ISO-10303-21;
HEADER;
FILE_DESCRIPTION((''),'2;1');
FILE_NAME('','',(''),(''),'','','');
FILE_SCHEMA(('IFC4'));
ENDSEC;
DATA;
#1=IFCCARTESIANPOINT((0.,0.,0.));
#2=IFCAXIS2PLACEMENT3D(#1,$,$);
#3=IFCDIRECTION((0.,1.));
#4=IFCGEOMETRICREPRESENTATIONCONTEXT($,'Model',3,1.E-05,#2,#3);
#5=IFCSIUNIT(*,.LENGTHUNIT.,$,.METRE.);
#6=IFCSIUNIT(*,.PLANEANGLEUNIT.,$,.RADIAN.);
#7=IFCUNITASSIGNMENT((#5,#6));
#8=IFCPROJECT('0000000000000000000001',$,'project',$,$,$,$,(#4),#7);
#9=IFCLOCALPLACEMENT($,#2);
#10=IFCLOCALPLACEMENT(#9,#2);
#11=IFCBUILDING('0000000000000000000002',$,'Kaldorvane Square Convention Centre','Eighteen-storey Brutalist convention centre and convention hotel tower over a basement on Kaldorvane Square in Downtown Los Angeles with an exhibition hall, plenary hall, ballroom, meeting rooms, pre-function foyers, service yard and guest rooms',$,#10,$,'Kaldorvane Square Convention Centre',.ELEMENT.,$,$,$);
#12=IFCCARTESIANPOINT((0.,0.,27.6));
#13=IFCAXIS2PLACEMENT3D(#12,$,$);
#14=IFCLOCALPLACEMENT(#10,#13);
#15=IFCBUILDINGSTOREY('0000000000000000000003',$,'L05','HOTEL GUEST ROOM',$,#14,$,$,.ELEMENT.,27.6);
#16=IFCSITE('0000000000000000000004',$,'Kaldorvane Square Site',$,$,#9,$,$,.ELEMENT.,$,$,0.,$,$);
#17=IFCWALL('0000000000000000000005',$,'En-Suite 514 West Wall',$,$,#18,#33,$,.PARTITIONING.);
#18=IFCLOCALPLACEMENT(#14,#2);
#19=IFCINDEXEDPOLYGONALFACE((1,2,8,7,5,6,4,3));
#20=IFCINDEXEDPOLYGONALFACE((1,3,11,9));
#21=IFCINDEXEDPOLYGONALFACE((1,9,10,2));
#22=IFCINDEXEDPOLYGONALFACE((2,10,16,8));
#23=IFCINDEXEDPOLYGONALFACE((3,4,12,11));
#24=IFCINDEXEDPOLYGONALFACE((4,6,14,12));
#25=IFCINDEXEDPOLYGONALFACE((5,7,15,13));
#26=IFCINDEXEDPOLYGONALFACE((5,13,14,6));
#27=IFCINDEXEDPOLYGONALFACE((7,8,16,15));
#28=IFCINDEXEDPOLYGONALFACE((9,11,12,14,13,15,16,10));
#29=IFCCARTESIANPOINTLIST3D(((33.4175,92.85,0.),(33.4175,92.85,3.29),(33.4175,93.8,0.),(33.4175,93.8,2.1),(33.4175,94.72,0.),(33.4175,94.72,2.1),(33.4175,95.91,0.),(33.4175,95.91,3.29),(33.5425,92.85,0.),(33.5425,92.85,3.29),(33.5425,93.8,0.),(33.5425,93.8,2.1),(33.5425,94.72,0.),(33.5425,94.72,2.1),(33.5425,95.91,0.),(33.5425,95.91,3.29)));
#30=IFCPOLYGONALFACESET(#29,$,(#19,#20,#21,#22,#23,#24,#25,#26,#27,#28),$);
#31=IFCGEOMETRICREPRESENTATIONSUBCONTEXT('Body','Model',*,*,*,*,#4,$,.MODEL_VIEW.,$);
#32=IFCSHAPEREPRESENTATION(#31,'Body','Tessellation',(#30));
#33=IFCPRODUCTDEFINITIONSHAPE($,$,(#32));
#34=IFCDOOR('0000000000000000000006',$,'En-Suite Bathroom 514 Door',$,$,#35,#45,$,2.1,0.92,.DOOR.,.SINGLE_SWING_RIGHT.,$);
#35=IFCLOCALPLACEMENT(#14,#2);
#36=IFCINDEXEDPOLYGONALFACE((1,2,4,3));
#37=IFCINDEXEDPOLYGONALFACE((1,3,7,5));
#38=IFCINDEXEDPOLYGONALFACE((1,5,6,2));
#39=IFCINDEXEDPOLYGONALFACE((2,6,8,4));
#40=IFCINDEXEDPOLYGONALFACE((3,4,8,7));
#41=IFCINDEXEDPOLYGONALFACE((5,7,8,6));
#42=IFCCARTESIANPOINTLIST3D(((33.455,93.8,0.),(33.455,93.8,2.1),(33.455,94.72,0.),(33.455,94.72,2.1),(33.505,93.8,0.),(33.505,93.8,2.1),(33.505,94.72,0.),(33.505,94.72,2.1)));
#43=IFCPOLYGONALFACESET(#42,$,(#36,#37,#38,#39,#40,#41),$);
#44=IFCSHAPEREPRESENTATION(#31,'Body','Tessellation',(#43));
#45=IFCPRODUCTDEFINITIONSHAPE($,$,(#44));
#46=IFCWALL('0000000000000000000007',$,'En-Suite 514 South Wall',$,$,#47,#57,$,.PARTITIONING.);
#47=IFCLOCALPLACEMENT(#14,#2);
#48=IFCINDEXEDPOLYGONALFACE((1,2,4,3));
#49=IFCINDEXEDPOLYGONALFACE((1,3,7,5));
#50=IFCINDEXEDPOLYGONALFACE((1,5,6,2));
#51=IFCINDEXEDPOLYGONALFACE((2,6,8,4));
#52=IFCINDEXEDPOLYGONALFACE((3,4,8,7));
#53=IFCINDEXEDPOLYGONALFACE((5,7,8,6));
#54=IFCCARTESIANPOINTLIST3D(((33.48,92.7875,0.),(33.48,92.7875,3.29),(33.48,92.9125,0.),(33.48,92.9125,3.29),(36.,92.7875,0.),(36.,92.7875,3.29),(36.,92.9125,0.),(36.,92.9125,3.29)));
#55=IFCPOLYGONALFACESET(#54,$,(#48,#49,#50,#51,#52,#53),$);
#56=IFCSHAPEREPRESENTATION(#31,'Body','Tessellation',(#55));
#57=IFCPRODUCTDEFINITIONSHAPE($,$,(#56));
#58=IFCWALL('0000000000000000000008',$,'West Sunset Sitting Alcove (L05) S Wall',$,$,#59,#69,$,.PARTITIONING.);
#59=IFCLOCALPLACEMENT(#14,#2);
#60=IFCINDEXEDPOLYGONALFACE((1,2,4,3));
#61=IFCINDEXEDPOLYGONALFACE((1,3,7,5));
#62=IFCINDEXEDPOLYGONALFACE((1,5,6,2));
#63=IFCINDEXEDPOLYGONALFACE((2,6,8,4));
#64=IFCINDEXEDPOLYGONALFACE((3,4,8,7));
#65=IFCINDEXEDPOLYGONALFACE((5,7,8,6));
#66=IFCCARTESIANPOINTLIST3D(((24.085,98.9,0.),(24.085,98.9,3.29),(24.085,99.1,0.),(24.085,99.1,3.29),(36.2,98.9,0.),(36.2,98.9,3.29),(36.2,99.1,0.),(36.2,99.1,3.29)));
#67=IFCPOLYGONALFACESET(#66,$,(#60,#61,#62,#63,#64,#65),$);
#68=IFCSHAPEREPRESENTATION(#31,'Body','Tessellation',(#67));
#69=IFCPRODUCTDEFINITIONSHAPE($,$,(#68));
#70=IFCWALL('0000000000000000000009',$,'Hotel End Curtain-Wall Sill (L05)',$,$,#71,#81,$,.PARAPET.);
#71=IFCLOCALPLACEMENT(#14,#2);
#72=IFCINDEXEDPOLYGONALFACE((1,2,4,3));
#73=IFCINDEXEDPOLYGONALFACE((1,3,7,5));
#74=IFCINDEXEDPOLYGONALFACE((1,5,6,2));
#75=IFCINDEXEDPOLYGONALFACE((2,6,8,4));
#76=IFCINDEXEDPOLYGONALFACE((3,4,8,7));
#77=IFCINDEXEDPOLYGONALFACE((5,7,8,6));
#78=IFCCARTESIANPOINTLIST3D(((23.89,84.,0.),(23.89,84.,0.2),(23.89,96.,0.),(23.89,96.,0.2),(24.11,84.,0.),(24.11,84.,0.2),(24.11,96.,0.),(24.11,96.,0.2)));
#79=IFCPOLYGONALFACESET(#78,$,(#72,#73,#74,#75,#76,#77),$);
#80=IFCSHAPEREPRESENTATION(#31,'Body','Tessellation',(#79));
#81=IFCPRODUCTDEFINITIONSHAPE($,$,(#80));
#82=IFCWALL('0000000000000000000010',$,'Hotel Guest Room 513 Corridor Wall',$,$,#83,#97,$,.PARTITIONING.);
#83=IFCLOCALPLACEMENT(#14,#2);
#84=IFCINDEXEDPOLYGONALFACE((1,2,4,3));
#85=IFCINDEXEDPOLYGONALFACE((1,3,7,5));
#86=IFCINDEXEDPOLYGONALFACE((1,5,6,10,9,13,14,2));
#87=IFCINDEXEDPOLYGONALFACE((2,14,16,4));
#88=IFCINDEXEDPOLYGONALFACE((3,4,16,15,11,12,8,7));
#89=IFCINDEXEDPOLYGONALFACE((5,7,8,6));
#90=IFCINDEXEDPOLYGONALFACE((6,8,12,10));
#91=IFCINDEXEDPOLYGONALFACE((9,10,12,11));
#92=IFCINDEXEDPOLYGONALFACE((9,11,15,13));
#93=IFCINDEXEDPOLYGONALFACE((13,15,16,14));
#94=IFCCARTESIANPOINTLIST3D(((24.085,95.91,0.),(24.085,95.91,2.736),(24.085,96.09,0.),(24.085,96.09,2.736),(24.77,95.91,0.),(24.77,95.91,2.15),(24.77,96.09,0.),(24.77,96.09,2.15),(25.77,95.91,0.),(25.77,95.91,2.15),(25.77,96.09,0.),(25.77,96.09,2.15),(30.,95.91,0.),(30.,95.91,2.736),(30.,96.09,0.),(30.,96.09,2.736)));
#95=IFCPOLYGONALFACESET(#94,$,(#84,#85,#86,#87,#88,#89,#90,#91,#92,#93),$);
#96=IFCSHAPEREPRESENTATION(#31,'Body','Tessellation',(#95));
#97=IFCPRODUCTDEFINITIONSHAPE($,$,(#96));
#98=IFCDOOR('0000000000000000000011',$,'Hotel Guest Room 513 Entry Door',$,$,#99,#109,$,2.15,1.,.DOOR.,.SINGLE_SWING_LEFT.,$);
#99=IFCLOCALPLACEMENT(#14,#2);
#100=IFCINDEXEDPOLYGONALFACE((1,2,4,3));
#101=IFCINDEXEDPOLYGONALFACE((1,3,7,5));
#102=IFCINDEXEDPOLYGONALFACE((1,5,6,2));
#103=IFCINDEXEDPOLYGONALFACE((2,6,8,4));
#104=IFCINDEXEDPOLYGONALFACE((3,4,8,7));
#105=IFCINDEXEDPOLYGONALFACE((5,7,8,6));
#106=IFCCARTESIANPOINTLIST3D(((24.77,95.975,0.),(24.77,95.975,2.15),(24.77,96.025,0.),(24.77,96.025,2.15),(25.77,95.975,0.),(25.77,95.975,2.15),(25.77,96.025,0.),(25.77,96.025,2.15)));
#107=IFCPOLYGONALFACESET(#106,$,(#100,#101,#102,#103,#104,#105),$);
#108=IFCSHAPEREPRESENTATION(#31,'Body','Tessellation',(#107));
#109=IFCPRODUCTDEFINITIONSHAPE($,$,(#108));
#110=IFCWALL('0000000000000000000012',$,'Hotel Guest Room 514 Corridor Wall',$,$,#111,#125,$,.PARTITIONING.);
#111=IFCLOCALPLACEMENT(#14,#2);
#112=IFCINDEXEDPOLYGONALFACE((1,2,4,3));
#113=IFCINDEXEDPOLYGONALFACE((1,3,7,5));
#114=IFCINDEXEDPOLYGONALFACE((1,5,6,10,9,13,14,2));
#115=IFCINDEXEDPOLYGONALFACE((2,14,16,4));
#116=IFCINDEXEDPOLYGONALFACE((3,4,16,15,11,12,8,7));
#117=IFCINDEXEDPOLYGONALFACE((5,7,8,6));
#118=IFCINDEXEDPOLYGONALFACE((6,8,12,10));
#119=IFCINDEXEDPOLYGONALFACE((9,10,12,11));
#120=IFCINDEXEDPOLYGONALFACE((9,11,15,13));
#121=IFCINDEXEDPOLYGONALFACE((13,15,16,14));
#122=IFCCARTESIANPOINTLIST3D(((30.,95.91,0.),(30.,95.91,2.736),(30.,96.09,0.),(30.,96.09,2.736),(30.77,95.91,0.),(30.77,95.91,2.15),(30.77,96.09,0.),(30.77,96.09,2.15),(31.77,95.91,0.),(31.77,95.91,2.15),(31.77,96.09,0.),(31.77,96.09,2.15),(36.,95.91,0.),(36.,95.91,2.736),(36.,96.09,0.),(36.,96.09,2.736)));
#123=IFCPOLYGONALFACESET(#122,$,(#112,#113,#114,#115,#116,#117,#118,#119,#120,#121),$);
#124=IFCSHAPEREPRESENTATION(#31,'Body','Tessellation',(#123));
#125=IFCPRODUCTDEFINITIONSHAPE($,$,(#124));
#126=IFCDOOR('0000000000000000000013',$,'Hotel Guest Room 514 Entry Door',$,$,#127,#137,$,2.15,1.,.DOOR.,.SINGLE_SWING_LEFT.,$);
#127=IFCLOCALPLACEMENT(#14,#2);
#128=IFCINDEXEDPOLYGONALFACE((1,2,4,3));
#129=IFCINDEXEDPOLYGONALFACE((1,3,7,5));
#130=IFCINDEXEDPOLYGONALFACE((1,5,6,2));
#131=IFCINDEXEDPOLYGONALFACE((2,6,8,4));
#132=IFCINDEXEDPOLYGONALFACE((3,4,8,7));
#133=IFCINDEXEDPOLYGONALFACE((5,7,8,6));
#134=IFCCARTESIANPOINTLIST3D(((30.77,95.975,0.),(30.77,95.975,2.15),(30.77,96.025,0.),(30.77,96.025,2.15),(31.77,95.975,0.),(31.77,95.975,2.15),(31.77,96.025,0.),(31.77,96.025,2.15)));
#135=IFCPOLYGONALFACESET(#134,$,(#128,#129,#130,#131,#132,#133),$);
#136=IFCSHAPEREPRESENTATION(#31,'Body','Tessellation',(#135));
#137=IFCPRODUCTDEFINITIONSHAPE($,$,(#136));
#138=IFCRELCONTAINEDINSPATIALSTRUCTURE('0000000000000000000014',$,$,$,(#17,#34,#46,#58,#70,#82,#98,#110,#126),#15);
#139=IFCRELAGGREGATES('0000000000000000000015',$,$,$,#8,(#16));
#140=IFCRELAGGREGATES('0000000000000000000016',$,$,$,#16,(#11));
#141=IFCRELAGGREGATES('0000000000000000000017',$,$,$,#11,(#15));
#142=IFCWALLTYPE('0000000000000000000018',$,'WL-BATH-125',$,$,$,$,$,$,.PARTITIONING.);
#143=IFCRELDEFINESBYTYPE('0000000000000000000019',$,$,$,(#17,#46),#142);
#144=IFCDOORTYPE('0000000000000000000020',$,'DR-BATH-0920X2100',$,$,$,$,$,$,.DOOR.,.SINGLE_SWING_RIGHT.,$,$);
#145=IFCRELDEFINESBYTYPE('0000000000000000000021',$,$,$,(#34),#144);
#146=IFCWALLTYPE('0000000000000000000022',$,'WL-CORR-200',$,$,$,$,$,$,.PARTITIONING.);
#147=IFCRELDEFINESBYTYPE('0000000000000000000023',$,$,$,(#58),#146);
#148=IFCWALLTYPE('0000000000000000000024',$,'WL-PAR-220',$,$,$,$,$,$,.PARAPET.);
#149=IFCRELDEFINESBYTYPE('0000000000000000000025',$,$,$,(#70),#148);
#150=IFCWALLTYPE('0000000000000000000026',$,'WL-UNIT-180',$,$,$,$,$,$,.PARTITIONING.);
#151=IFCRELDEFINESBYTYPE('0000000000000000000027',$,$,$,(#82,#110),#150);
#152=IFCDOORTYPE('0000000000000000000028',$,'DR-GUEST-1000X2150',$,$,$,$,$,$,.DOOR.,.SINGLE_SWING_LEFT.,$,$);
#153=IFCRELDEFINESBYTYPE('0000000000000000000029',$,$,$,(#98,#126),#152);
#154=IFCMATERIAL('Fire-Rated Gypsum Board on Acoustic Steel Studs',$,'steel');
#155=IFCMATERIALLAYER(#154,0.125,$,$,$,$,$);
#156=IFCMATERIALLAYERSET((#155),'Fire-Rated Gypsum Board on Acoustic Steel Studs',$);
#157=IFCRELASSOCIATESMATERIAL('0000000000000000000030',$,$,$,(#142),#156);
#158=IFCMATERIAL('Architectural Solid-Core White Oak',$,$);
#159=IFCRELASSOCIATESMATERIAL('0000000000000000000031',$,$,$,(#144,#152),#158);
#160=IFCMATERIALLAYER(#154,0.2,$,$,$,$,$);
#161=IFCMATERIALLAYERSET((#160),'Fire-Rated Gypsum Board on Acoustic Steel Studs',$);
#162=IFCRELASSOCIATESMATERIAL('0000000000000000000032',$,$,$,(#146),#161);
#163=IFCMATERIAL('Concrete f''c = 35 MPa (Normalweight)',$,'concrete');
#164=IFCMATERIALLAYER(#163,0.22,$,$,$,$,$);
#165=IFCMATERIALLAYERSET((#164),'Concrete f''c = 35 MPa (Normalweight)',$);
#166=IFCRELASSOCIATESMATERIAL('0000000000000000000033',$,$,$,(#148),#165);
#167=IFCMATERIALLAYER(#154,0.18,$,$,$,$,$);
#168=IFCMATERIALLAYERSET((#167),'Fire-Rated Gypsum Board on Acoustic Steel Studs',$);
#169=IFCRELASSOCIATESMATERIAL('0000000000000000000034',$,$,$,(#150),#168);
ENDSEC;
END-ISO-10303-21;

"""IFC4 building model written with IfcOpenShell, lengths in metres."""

from ifc_helpers import new_model, si_unit, direction, frame, frame_2d, origin, place, context, subcontext, project, spatial, rectangle, extrude, material, layer, layer_set, type_object, element, fill, save


model = new_model("IFC4")

# Units and contexts
model_context = context("Model", 3, precision=1e-05, world=origin(), true_north=direction((0.0, 1.0)))
body_context = subcontext(model_context, "Body", "Model", "MODEL_VIEW")
ifc_project = project(units=[si_unit("LENGTHUNIT", "METRE"), si_unit("PLANEANGLEUNIT", "RADIAN")], contexts=[model_context])

# Site, building, storey
site_placement = place(None, origin())
site = spatial("IfcSite", under=ifc_project, at=site_placement, Name="Kaldorvane Square Site", CompositionType="ELEMENT", RefElevation=0.0)
building_placement = place(site_placement, origin())
building = spatial("IfcBuilding", under=site, at=building_placement, Name="Kaldorvane Square Convention Centre", Description="Eighteen-storey Brutalist convention centre and convention hotel tower over a basement on Kaldorvane Square in Downtown Los Angeles with an exhibition hall, plenary hall, ballroom, meeting rooms, pre-function foyers, service yard and guest rooms", LongName="Kaldorvane Square Convention Centre", CompositionType="ELEMENT")
storey_placement = place(building_placement, frame((0.0, 0.0, 27.6)))
storey = spatial("IfcBuildingStorey", under=building, at=storey_placement, Name="L05", Description="HOTEL GUEST ROOM", CompositionType="ELEMENT", Elevation=27.6)

# Shared definitions
ifc_material_1 = material(Name="Fire-Rated Gypsum Board on Acoustic Steel Studs", Category="steel")
ifc_layer_1 = layer(ifc_material_1, 0.125)
ifc_layer_set_1 = layer_set([ifc_layer_1], Name="Fire-Rated Gypsum Board on Acoustic Steel Studs")
wall_type_1 = type_object("IfcWallType", Name="WL-BATH-125", PredefinedType="PARTITIONING", material=ifc_layer_set_1)
ifc_material_2 = material(Name="Architectural Solid-Core White Oak")
door_type_1 = type_object("IfcDoorType", Name="DR-BATH-0920X2100", OperationType="SINGLE_SWING_RIGHT", PredefinedType="DOOR", material=ifc_material_2)

# Wall, opening, door
wall_1_placement = place(storey_placement, frame((33.48, 92.85, 0.0), z_axis=(0.0, 0.0, 1.0), x_axis=(0.0, 1.0, 0.0)))
wall_1 = element("IfcWall", 1, at=wall_1_placement, inside=storey, type_object=wall_type_1, Name="En-Suite 514 West Wall", PredefinedType="PARTITIONING", context=body_context, shape_type="SweptSolid", body=[
    extrude(rectangle(XDim=3.06, YDim=0.125, at=frame_2d((1.53, 0.0))), origin(), (0.0, 0.0, 1.0), 3.29),
])
opening_1_placement = place(wall_1_placement, frame((0.95, 0.0, 0.0)))
opening_1 = element("IfcOpeningElement", 2, at=opening_1_placement, cuts=wall_1, PredefinedType="OPENING", context=body_context, shape_type="SweptSolid", body=[
    extrude(rectangle(XDim=0.92, YDim=2.1, at=frame_2d((0.46, 1.05))), frame((0.0, 0.0775, 0.0), z_axis=(0.0, -1.0, 0.0), x_axis=(1.0, 0.0, 0.0)), (0.0, 0.0, 1.0), 0.155),
])
door_1_placement = place(opening_1_placement, origin())
door_1 = element("IfcDoor", 3, at=door_1_placement, inside=storey, type_object=door_type_1, Name="En-Suite Bathroom 514 Door", OperationType="SINGLE_SWING_RIGHT", OverallHeight=2.1, OverallWidth=0.92, PredefinedType="DOOR", context=body_context, shape_type="SweptSolid", body=[
    extrude(rectangle(XDim=0.92, YDim=2.1, at=frame_2d((0.46, 1.05))), frame((0.0, 0.025, 0.0), z_axis=(0.0, -1.0, 0.0), x_axis=(1.0, 0.0, 0.0)), (0.0, 0.0, 1.0), 0.05),
])
fill(opening_1, door_1)

# Walls
wall_2_placement = place(storey_placement, frame((33.48, 92.85, 0.0), z_axis=(0.0, 0.0, 1.0), x_axis=(1.0, 0.0, 0.0)))
element("IfcWall", 4, at=wall_2_placement, inside=storey, type_object=wall_type_1, Name="En-Suite 514 South Wall", PredefinedType="PARTITIONING", context=body_context, shape_type="SweptSolid", body=[
    extrude(rectangle(XDim=2.52, YDim=0.125, at=frame_2d((1.26, 0.0))), origin(), (0.0, 0.0, 1.0), 3.29),
])
ifc_layer_2 = layer(ifc_material_1, 0.2)
ifc_layer_set_2 = layer_set([ifc_layer_2], Name="Fire-Rated Gypsum Board on Acoustic Steel Studs")
wall_type_2 = type_object("IfcWallType", Name="WL-CORR-200", PredefinedType="PARTITIONING", material=ifc_layer_set_2)
wall_3_placement = place(storey_placement, frame((24.085, 99.0, 0.0), z_axis=(0.0, 0.0, 1.0), x_axis=(1.0, 0.0, 0.0)))
element("IfcWall", 5, at=wall_3_placement, inside=storey, type_object=wall_type_2, Name="West Sunset Sitting Alcove (L05) S Wall", PredefinedType="PARTITIONING", context=body_context, shape_type="SweptSolid", body=[
    extrude(rectangle(XDim=12.115, YDim=0.2, at=frame_2d((6.0575, 0.0))), origin(), (0.0, 0.0, 1.0), 3.29),
])
ifc_material_3 = material(Name="Concrete f'c = 35 MPa (Normalweight)", Category="concrete")
ifc_layer_3 = layer(ifc_material_3, 0.22)
ifc_layer_set_3 = layer_set([ifc_layer_3], Name="Concrete f'c = 35 MPa (Normalweight)")
wall_type_3 = type_object("IfcWallType", Name="WL-PAR-220", PredefinedType="PARAPET", material=ifc_layer_set_3)
wall_4_placement = place(storey_placement, frame((24.0, 96.0, 0.0), z_axis=(0.0, 0.0, 1.0), x_axis=(0.0, -1.0, 0.0)))
element("IfcWall", 6, at=wall_4_placement, inside=storey, type_object=wall_type_3, Name="Hotel End Curtain-Wall Sill (L05)", PredefinedType="PARAPET", context=body_context, shape_type="SweptSolid", body=[
    extrude(rectangle(XDim=12.0, YDim=0.22, at=frame_2d((6.0, 0.0))), origin(), (0.0, 0.0, 1.0), 0.2),
])

# Walls, openings, doors
ifc_layer_4 = layer(ifc_material_1, 0.18)
ifc_layer_set_4 = layer_set([ifc_layer_4], Name="Fire-Rated Gypsum Board on Acoustic Steel Studs")
wall_type_4 = type_object("IfcWallType", Name="WL-UNIT-180", PredefinedType="PARTITIONING", material=ifc_layer_set_4)
wall_5_placement = place(storey_placement, frame((24.085, 96.0, 0.0), z_axis=(0.0, 0.0, 1.0), x_axis=(1.0, 0.0, 0.0)))
wall_5 = element("IfcWall", 7, at=wall_5_placement, inside=storey, type_object=wall_type_4, Name="Hotel Guest Room 513 Corridor Wall", PredefinedType="PARTITIONING", context=body_context, shape_type="SweptSolid", body=[
    extrude(rectangle(XDim=5.915, YDim=0.18, at=frame_2d((2.9575, 0.0))), origin(), (0.0, 0.0, 1.0), 2.736),
])
opening_2_placement = place(wall_5_placement, frame((0.685, 0.0, 0.0)))
opening_2 = element("IfcOpeningElement", 8, at=opening_2_placement, cuts=wall_5, PredefinedType="OPENING", context=body_context, shape_type="SweptSolid", body=[
    extrude(rectangle(XDim=1.0, YDim=2.15, at=frame_2d((0.5, 1.075))), frame((0.0, 0.105, 0.0), z_axis=(0.0, -1.0, 0.0), x_axis=(1.0, 0.0, 0.0)), (0.0, 0.0, 1.0), 0.21),
])
door_type_2 = type_object("IfcDoorType", Name="DR-GUEST-1000X2150", OperationType="SINGLE_SWING_LEFT", PredefinedType="DOOR", material=ifc_material_2)
door_2_placement = place(opening_2_placement, origin())
door_2 = element("IfcDoor", 9, at=door_2_placement, inside=storey, type_object=door_type_2, Name="Hotel Guest Room 513 Entry Door", OperationType="SINGLE_SWING_LEFT", OverallHeight=2.15, OverallWidth=1.0, PredefinedType="DOOR", context=body_context, shape_type="SweptSolid", body=[
    extrude(rectangle(XDim=1.0, YDim=2.15, at=frame_2d((0.5, 1.075))), frame((0.0, 0.025, 0.0), z_axis=(0.0, -1.0, 0.0), x_axis=(1.0, 0.0, 0.0)), (0.0, 0.0, 1.0), 0.05),
])
fill(opening_2, door_2)
wall_6_placement = place(storey_placement, frame((30.0, 96.0, 0.0), z_axis=(0.0, 0.0, 1.0), x_axis=(1.0, 0.0, 0.0)))
wall_6 = element("IfcWall", 10, at=wall_6_placement, inside=storey, type_object=wall_type_4, Name="Hotel Guest Room 514 Corridor Wall", PredefinedType="PARTITIONING", context=body_context, shape_type="SweptSolid", body=[
    extrude(rectangle(XDim=6.0, YDim=0.18, at=frame_2d((3.0, 0.0))), origin(), (0.0, 0.0, 1.0), 2.736),
])
opening_3_placement = place(wall_6_placement, frame((0.77, 0.0, 0.0)))
opening_3 = element("IfcOpeningElement", 11, at=opening_3_placement, cuts=wall_6, PredefinedType="OPENING", context=body_context, shape_type="SweptSolid", body=[
    extrude(rectangle(XDim=1.0, YDim=2.15, at=frame_2d((0.5, 1.075))), frame((0.0, 0.105, 0.0), z_axis=(0.0, -1.0, 0.0), x_axis=(1.0, 0.0, 0.0)), (0.0, 0.0, 1.0), 0.21),
])
door_3_placement = place(opening_3_placement, origin())
door_3 = element("IfcDoor", 12, at=door_3_placement, inside=storey, type_object=door_type_2, Name="Hotel Guest Room 514 Entry Door", OperationType="SINGLE_SWING_LEFT", OverallHeight=2.15, OverallWidth=1.0, PredefinedType="DOOR", context=body_context, shape_type="SweptSolid", body=[
    extrude(rectangle(XDim=1.0, YDim=2.15, at=frame_2d((0.5, 1.075))), frame((0.0, 0.025, 0.0), z_axis=(0.0, -1.0, 0.0), x_axis=(1.0, 0.0, 0.0)), (0.0, 0.0, 1.0), 0.05),
])
fill(opening_3, door_3)

save(model, "model.ifc")
